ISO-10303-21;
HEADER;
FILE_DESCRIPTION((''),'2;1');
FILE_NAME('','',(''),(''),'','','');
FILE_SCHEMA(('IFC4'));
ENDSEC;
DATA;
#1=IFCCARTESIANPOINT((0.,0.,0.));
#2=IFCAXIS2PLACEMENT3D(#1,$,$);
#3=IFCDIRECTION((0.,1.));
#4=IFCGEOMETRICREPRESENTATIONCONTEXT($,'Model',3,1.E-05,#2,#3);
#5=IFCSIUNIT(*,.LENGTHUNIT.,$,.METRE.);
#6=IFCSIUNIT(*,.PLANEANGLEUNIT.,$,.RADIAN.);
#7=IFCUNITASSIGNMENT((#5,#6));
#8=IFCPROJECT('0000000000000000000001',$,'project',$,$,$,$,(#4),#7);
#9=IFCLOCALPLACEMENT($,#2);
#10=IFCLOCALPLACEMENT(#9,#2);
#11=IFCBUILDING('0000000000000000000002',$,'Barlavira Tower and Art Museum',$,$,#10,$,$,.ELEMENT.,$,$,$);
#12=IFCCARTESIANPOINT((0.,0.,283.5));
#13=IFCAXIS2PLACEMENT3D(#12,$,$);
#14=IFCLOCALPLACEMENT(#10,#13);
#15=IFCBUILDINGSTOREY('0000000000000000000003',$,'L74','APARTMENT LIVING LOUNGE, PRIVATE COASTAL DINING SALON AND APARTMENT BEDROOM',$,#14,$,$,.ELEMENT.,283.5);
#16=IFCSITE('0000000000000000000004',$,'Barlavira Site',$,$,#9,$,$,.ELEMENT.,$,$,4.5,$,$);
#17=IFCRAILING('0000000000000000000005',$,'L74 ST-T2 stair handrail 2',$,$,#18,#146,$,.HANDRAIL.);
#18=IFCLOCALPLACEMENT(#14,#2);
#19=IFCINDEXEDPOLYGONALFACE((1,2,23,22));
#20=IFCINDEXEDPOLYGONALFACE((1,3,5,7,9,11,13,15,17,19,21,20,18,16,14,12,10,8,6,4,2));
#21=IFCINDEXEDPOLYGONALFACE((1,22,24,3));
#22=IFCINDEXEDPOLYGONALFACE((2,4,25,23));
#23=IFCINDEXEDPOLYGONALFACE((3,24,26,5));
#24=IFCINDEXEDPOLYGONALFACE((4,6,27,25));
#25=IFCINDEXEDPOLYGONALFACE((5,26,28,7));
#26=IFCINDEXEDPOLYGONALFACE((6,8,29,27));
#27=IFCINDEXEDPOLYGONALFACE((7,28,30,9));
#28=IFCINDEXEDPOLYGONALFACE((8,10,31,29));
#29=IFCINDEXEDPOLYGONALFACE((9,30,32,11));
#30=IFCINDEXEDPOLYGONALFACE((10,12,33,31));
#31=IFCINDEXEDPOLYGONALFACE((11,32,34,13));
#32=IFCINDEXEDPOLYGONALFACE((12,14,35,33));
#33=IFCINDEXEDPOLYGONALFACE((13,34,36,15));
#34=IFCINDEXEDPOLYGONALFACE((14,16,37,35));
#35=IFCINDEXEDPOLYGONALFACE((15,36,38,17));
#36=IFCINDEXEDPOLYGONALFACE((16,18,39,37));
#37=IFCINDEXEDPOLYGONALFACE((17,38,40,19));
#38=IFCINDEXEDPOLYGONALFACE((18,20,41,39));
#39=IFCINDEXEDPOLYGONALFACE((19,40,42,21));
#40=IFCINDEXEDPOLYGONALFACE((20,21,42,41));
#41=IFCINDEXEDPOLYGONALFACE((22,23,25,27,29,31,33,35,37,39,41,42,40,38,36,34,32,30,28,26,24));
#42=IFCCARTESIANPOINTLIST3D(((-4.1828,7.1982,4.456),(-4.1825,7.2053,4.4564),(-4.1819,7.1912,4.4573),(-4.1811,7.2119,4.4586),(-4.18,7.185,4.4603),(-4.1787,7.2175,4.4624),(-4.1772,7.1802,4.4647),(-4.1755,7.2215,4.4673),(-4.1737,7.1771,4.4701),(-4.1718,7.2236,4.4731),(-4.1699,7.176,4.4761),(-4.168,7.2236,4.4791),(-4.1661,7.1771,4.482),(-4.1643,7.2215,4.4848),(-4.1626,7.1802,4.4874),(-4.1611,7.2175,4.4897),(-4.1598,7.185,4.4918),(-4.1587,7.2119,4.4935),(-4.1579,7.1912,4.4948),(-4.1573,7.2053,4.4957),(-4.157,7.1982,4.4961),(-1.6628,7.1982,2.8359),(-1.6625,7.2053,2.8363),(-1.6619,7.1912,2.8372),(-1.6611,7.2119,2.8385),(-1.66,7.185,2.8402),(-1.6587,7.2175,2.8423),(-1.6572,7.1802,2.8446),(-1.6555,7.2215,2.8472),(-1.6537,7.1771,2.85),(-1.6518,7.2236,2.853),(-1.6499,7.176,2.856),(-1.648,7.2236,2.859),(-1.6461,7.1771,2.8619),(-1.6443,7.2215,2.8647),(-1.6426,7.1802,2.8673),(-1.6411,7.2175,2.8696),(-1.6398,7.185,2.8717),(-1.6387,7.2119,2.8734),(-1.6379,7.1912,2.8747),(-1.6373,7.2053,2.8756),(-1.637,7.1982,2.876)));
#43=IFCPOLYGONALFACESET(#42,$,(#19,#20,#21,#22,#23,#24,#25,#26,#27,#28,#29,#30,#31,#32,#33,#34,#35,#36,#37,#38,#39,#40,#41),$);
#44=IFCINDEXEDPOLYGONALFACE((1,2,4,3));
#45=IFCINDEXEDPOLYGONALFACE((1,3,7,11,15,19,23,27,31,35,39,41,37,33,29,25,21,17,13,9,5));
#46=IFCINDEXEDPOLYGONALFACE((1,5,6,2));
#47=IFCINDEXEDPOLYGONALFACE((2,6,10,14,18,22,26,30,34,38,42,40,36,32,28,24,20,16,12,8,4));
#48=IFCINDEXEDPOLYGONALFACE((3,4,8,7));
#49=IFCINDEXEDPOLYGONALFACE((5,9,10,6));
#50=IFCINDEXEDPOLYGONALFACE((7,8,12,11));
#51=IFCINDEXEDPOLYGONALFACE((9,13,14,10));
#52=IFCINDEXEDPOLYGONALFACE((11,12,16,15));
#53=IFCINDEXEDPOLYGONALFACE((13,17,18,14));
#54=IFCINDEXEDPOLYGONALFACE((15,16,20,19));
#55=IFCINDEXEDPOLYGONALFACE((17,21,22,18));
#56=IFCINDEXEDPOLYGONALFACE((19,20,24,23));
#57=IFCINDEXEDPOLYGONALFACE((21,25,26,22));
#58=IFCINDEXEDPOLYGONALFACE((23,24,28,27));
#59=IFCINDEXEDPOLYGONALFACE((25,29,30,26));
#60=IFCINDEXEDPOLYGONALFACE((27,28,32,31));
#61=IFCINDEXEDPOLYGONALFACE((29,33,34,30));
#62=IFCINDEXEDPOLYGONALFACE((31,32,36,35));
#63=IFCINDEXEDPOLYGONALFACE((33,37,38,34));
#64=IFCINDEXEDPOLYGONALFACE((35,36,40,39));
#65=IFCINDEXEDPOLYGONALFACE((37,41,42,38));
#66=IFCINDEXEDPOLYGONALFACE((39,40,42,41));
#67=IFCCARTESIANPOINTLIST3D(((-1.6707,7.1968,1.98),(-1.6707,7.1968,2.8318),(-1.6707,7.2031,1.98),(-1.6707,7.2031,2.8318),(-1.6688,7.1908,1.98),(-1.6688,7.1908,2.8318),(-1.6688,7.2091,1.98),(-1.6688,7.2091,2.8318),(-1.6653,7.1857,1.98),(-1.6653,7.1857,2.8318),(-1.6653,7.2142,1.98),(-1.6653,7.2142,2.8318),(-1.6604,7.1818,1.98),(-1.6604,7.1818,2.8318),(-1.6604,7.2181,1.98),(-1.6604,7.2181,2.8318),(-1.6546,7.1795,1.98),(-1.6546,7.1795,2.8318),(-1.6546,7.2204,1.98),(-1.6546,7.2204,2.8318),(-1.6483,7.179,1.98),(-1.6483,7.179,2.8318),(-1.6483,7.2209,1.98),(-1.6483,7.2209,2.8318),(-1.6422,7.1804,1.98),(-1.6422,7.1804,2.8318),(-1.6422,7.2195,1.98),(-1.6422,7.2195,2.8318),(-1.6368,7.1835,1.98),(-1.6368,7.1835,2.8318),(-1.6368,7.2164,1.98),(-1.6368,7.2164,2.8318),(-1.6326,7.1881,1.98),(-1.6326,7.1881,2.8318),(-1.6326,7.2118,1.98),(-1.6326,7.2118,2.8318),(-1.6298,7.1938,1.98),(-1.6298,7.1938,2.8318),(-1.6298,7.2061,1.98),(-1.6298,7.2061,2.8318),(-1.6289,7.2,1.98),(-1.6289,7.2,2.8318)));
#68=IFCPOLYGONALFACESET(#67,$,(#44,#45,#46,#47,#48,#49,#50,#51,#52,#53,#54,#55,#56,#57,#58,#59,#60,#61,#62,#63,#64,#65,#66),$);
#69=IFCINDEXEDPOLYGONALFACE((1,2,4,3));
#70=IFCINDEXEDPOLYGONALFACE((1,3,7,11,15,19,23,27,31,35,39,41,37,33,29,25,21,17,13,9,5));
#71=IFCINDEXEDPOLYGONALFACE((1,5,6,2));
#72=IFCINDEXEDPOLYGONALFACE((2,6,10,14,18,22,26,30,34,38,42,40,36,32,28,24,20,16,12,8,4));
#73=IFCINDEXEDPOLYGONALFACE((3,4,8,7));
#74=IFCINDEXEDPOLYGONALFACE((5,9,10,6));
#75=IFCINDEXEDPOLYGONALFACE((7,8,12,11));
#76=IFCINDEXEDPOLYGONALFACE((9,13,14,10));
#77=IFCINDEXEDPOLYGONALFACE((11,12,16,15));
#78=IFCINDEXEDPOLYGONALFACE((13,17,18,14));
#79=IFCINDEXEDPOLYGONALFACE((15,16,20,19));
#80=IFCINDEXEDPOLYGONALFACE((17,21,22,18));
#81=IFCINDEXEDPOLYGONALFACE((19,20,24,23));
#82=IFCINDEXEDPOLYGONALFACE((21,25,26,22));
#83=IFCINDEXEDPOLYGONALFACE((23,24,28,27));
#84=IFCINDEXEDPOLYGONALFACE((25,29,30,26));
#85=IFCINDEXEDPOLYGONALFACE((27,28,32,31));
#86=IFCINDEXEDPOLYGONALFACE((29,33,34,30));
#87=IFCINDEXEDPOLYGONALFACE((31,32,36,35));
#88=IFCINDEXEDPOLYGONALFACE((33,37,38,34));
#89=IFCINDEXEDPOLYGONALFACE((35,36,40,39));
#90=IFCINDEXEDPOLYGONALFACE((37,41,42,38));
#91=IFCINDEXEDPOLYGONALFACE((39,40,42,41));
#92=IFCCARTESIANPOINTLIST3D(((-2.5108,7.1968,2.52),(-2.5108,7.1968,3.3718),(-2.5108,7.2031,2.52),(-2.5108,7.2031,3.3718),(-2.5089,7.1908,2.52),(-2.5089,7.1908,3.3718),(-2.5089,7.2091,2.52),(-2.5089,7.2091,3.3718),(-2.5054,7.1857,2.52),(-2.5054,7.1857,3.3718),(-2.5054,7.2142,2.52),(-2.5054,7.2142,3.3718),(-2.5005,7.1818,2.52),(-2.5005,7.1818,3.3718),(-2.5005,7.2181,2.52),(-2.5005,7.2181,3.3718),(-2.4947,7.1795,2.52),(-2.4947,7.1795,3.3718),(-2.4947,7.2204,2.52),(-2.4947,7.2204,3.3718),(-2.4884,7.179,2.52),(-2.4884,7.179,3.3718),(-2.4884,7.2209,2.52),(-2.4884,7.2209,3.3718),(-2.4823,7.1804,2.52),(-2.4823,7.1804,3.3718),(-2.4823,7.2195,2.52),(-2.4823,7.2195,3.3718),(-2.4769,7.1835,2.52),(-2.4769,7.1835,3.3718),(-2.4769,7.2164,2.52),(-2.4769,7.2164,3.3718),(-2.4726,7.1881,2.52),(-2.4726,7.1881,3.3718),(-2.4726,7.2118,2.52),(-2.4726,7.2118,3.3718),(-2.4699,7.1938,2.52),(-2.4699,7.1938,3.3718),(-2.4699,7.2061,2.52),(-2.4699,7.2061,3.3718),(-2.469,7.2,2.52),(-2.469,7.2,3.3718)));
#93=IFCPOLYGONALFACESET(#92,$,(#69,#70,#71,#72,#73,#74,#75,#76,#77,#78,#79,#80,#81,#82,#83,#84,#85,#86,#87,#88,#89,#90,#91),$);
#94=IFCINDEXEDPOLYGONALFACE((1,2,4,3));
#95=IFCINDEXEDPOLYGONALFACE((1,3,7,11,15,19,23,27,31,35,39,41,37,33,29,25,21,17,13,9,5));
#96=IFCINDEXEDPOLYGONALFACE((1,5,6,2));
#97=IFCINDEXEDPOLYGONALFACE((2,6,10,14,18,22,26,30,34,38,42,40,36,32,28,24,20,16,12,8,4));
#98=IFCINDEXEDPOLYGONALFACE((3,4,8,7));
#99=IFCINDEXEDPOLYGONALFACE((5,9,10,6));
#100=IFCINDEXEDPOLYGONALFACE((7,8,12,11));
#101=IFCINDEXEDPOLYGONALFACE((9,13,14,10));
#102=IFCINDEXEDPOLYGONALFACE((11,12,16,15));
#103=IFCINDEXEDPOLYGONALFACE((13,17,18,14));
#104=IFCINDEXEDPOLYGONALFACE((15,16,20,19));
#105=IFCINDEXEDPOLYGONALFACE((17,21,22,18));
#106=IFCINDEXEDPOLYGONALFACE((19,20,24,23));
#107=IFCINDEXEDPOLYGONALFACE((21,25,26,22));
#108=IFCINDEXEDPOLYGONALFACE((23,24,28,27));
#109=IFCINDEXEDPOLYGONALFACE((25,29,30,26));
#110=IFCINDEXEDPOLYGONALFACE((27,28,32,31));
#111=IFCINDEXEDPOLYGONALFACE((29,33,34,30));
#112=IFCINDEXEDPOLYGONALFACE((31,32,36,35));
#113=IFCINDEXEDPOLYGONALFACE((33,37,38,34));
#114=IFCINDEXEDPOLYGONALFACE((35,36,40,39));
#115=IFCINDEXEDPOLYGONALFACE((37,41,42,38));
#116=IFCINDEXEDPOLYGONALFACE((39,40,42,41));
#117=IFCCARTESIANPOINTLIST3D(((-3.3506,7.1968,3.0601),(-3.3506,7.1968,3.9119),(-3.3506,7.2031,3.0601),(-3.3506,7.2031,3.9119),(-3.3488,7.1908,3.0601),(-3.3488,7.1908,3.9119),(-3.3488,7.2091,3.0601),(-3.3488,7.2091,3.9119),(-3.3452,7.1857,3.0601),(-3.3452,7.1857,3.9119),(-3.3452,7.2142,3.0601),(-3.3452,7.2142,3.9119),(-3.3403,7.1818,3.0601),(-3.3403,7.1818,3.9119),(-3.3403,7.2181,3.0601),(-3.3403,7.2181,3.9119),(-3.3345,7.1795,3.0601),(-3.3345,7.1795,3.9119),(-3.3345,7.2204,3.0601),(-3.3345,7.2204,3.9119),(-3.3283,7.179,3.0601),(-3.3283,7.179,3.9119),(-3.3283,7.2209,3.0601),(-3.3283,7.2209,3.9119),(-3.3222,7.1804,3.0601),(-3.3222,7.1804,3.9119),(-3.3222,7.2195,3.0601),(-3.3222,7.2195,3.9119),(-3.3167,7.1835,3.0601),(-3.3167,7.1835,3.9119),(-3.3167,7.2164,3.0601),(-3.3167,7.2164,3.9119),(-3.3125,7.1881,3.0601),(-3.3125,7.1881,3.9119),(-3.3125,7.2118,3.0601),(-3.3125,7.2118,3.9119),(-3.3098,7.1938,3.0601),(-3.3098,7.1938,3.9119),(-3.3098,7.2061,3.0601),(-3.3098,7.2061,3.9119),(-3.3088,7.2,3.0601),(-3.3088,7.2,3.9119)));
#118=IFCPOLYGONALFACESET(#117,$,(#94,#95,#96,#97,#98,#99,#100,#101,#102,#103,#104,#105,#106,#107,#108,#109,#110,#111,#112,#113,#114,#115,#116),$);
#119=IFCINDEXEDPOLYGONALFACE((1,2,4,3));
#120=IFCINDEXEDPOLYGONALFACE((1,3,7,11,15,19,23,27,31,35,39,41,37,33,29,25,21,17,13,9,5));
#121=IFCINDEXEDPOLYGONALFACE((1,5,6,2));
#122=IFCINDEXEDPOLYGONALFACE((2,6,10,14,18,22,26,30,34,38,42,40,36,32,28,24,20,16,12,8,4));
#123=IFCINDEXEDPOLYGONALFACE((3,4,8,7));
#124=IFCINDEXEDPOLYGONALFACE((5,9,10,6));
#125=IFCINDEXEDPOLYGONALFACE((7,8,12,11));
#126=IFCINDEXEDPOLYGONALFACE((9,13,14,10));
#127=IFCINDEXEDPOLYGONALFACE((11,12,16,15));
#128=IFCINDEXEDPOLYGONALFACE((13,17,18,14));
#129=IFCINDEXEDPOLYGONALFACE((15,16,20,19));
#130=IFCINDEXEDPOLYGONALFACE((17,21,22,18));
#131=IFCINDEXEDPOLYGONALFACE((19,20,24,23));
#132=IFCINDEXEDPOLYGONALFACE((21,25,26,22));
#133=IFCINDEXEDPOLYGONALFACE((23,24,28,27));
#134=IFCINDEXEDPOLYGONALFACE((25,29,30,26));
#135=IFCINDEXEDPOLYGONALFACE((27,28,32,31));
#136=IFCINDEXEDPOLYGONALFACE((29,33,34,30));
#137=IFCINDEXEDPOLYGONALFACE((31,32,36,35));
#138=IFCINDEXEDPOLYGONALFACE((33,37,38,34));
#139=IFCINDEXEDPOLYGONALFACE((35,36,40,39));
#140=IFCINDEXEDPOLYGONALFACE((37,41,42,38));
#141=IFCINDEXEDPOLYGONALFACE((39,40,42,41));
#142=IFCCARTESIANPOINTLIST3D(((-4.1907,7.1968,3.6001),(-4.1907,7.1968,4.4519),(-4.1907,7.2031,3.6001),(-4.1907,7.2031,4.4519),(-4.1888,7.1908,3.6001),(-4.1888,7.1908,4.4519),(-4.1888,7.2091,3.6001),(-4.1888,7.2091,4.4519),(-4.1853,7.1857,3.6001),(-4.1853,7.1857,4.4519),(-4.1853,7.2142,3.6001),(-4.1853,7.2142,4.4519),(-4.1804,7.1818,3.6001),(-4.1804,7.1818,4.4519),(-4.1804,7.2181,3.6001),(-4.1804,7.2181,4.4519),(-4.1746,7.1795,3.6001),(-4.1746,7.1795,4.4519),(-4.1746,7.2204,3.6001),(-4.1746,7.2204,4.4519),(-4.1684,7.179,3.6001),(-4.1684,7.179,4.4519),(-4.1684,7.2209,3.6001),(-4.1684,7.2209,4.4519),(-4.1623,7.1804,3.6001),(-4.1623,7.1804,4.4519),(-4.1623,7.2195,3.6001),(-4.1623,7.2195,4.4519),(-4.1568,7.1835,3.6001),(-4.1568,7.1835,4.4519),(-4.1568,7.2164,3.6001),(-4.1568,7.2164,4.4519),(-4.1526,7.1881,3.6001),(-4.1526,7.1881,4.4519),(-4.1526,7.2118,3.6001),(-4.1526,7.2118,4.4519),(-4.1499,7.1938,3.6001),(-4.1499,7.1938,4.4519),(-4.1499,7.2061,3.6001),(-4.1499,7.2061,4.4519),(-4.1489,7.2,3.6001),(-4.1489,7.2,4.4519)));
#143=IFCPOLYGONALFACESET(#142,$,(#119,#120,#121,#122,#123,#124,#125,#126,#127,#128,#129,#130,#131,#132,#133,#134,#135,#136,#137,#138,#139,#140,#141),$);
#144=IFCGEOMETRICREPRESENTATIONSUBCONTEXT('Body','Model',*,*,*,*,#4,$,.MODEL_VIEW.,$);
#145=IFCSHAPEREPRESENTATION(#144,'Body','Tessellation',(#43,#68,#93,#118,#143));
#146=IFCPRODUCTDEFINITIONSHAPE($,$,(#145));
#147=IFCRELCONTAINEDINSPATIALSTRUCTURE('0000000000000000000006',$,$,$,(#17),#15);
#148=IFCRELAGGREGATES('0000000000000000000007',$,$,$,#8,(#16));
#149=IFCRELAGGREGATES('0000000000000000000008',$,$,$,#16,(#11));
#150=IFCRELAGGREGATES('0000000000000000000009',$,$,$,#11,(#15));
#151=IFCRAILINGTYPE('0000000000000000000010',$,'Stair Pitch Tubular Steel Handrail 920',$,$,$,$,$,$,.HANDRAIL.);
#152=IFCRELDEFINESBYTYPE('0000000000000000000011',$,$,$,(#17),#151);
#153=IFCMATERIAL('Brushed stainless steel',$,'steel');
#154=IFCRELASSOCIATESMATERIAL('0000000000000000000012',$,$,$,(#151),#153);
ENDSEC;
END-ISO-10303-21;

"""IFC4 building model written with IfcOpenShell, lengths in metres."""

from ifc_helpers import new_model, si_unit, direction, frame, origin, origin_2d, place, context, subcontext, project, spatial, circle, extrude, material, type_object, element, save


model = new_model("IFC4")

# Units and contexts
model_context = context("Model", 3, precision=1e-05, world=origin(), true_north=direction((0.0, 1.0)))
body_context = subcontext(model_context, "Body", "Model", "MODEL_VIEW")
ifc_project = project(units=[si_unit("LENGTHUNIT", "METRE"), si_unit("PLANEANGLEUNIT", "RADIAN")], contexts=[model_context])

# Site, building, storey
site_placement = place(None, origin())
site = spatial("IfcSite", under=ifc_project, at=site_placement, Name="Barlavira Site", CompositionType="ELEMENT", RefElevation=4.5)
building_placement = place(site_placement, origin())
building = spatial("IfcBuilding", under=site, at=building_placement, Name="Barlavira Tower and Art Museum", CompositionType="ELEMENT")
storey_placement = place(building_placement, frame((0.0, 0.0, 283.5)))
storey = spatial("IfcBuildingStorey", under=building, at=storey_placement, Name="L74", Description="APARTMENT LIVING LOUNGE, PRIVATE COASTAL DINING SALON AND APARTMENT BEDROOM", CompositionType="ELEMENT", Elevation=283.5)

# Shared definitions
ifc_material_1 = material(Name="Brushed stainless steel", Category="steel")

# Railing
railing_type_1 = type_object("IfcRailingType", Name="Stair Pitch Tubular Steel Handrail 920", PredefinedType="HANDRAIL", material=ifc_material_1)
railing_1_placement = place(storey_placement, frame((-1.6499, 7.2, 1.98)))
element("IfcRailing", 1, at=railing_1_placement, inside=storey, type_object=railing_type_1, Name="L74 ST-T2 stair handrail 2", PredefinedType="HANDRAIL", context=body_context, shape_type="SweptSolid", body=[
    extrude(circle(Radius=0.0239, at=origin_2d()), frame((0.0, 0.0, 0.876), z_axis=(-0.841163, 0.0, 0.540782), x_axis=(0.0, -1.0, 0.0)), (0.0, 0.0, 1.0), 2.9958),
    extrude(circle(Radius=0.021, at=origin_2d()), origin(), (0.0, 0.0, 1.0), 0.8518),
    extrude(circle(Radius=0.021, at=origin_2d()), frame((-0.8401, 0.0, 0.54)), (0.0, 0.0, 1.0), 0.8518),
    extrude(circle(Radius=0.021, at=origin_2d()), frame((-1.6799, 0.0, 1.0801)), (0.0, 0.0, 1.0), 0.8518),
    extrude(circle(Radius=0.021, at=origin_2d()), frame((-2.52, 0.0, 1.6201)), (0.0, 0.0, 1.0), 0.8518),
])

save(model, "model.ifc")
